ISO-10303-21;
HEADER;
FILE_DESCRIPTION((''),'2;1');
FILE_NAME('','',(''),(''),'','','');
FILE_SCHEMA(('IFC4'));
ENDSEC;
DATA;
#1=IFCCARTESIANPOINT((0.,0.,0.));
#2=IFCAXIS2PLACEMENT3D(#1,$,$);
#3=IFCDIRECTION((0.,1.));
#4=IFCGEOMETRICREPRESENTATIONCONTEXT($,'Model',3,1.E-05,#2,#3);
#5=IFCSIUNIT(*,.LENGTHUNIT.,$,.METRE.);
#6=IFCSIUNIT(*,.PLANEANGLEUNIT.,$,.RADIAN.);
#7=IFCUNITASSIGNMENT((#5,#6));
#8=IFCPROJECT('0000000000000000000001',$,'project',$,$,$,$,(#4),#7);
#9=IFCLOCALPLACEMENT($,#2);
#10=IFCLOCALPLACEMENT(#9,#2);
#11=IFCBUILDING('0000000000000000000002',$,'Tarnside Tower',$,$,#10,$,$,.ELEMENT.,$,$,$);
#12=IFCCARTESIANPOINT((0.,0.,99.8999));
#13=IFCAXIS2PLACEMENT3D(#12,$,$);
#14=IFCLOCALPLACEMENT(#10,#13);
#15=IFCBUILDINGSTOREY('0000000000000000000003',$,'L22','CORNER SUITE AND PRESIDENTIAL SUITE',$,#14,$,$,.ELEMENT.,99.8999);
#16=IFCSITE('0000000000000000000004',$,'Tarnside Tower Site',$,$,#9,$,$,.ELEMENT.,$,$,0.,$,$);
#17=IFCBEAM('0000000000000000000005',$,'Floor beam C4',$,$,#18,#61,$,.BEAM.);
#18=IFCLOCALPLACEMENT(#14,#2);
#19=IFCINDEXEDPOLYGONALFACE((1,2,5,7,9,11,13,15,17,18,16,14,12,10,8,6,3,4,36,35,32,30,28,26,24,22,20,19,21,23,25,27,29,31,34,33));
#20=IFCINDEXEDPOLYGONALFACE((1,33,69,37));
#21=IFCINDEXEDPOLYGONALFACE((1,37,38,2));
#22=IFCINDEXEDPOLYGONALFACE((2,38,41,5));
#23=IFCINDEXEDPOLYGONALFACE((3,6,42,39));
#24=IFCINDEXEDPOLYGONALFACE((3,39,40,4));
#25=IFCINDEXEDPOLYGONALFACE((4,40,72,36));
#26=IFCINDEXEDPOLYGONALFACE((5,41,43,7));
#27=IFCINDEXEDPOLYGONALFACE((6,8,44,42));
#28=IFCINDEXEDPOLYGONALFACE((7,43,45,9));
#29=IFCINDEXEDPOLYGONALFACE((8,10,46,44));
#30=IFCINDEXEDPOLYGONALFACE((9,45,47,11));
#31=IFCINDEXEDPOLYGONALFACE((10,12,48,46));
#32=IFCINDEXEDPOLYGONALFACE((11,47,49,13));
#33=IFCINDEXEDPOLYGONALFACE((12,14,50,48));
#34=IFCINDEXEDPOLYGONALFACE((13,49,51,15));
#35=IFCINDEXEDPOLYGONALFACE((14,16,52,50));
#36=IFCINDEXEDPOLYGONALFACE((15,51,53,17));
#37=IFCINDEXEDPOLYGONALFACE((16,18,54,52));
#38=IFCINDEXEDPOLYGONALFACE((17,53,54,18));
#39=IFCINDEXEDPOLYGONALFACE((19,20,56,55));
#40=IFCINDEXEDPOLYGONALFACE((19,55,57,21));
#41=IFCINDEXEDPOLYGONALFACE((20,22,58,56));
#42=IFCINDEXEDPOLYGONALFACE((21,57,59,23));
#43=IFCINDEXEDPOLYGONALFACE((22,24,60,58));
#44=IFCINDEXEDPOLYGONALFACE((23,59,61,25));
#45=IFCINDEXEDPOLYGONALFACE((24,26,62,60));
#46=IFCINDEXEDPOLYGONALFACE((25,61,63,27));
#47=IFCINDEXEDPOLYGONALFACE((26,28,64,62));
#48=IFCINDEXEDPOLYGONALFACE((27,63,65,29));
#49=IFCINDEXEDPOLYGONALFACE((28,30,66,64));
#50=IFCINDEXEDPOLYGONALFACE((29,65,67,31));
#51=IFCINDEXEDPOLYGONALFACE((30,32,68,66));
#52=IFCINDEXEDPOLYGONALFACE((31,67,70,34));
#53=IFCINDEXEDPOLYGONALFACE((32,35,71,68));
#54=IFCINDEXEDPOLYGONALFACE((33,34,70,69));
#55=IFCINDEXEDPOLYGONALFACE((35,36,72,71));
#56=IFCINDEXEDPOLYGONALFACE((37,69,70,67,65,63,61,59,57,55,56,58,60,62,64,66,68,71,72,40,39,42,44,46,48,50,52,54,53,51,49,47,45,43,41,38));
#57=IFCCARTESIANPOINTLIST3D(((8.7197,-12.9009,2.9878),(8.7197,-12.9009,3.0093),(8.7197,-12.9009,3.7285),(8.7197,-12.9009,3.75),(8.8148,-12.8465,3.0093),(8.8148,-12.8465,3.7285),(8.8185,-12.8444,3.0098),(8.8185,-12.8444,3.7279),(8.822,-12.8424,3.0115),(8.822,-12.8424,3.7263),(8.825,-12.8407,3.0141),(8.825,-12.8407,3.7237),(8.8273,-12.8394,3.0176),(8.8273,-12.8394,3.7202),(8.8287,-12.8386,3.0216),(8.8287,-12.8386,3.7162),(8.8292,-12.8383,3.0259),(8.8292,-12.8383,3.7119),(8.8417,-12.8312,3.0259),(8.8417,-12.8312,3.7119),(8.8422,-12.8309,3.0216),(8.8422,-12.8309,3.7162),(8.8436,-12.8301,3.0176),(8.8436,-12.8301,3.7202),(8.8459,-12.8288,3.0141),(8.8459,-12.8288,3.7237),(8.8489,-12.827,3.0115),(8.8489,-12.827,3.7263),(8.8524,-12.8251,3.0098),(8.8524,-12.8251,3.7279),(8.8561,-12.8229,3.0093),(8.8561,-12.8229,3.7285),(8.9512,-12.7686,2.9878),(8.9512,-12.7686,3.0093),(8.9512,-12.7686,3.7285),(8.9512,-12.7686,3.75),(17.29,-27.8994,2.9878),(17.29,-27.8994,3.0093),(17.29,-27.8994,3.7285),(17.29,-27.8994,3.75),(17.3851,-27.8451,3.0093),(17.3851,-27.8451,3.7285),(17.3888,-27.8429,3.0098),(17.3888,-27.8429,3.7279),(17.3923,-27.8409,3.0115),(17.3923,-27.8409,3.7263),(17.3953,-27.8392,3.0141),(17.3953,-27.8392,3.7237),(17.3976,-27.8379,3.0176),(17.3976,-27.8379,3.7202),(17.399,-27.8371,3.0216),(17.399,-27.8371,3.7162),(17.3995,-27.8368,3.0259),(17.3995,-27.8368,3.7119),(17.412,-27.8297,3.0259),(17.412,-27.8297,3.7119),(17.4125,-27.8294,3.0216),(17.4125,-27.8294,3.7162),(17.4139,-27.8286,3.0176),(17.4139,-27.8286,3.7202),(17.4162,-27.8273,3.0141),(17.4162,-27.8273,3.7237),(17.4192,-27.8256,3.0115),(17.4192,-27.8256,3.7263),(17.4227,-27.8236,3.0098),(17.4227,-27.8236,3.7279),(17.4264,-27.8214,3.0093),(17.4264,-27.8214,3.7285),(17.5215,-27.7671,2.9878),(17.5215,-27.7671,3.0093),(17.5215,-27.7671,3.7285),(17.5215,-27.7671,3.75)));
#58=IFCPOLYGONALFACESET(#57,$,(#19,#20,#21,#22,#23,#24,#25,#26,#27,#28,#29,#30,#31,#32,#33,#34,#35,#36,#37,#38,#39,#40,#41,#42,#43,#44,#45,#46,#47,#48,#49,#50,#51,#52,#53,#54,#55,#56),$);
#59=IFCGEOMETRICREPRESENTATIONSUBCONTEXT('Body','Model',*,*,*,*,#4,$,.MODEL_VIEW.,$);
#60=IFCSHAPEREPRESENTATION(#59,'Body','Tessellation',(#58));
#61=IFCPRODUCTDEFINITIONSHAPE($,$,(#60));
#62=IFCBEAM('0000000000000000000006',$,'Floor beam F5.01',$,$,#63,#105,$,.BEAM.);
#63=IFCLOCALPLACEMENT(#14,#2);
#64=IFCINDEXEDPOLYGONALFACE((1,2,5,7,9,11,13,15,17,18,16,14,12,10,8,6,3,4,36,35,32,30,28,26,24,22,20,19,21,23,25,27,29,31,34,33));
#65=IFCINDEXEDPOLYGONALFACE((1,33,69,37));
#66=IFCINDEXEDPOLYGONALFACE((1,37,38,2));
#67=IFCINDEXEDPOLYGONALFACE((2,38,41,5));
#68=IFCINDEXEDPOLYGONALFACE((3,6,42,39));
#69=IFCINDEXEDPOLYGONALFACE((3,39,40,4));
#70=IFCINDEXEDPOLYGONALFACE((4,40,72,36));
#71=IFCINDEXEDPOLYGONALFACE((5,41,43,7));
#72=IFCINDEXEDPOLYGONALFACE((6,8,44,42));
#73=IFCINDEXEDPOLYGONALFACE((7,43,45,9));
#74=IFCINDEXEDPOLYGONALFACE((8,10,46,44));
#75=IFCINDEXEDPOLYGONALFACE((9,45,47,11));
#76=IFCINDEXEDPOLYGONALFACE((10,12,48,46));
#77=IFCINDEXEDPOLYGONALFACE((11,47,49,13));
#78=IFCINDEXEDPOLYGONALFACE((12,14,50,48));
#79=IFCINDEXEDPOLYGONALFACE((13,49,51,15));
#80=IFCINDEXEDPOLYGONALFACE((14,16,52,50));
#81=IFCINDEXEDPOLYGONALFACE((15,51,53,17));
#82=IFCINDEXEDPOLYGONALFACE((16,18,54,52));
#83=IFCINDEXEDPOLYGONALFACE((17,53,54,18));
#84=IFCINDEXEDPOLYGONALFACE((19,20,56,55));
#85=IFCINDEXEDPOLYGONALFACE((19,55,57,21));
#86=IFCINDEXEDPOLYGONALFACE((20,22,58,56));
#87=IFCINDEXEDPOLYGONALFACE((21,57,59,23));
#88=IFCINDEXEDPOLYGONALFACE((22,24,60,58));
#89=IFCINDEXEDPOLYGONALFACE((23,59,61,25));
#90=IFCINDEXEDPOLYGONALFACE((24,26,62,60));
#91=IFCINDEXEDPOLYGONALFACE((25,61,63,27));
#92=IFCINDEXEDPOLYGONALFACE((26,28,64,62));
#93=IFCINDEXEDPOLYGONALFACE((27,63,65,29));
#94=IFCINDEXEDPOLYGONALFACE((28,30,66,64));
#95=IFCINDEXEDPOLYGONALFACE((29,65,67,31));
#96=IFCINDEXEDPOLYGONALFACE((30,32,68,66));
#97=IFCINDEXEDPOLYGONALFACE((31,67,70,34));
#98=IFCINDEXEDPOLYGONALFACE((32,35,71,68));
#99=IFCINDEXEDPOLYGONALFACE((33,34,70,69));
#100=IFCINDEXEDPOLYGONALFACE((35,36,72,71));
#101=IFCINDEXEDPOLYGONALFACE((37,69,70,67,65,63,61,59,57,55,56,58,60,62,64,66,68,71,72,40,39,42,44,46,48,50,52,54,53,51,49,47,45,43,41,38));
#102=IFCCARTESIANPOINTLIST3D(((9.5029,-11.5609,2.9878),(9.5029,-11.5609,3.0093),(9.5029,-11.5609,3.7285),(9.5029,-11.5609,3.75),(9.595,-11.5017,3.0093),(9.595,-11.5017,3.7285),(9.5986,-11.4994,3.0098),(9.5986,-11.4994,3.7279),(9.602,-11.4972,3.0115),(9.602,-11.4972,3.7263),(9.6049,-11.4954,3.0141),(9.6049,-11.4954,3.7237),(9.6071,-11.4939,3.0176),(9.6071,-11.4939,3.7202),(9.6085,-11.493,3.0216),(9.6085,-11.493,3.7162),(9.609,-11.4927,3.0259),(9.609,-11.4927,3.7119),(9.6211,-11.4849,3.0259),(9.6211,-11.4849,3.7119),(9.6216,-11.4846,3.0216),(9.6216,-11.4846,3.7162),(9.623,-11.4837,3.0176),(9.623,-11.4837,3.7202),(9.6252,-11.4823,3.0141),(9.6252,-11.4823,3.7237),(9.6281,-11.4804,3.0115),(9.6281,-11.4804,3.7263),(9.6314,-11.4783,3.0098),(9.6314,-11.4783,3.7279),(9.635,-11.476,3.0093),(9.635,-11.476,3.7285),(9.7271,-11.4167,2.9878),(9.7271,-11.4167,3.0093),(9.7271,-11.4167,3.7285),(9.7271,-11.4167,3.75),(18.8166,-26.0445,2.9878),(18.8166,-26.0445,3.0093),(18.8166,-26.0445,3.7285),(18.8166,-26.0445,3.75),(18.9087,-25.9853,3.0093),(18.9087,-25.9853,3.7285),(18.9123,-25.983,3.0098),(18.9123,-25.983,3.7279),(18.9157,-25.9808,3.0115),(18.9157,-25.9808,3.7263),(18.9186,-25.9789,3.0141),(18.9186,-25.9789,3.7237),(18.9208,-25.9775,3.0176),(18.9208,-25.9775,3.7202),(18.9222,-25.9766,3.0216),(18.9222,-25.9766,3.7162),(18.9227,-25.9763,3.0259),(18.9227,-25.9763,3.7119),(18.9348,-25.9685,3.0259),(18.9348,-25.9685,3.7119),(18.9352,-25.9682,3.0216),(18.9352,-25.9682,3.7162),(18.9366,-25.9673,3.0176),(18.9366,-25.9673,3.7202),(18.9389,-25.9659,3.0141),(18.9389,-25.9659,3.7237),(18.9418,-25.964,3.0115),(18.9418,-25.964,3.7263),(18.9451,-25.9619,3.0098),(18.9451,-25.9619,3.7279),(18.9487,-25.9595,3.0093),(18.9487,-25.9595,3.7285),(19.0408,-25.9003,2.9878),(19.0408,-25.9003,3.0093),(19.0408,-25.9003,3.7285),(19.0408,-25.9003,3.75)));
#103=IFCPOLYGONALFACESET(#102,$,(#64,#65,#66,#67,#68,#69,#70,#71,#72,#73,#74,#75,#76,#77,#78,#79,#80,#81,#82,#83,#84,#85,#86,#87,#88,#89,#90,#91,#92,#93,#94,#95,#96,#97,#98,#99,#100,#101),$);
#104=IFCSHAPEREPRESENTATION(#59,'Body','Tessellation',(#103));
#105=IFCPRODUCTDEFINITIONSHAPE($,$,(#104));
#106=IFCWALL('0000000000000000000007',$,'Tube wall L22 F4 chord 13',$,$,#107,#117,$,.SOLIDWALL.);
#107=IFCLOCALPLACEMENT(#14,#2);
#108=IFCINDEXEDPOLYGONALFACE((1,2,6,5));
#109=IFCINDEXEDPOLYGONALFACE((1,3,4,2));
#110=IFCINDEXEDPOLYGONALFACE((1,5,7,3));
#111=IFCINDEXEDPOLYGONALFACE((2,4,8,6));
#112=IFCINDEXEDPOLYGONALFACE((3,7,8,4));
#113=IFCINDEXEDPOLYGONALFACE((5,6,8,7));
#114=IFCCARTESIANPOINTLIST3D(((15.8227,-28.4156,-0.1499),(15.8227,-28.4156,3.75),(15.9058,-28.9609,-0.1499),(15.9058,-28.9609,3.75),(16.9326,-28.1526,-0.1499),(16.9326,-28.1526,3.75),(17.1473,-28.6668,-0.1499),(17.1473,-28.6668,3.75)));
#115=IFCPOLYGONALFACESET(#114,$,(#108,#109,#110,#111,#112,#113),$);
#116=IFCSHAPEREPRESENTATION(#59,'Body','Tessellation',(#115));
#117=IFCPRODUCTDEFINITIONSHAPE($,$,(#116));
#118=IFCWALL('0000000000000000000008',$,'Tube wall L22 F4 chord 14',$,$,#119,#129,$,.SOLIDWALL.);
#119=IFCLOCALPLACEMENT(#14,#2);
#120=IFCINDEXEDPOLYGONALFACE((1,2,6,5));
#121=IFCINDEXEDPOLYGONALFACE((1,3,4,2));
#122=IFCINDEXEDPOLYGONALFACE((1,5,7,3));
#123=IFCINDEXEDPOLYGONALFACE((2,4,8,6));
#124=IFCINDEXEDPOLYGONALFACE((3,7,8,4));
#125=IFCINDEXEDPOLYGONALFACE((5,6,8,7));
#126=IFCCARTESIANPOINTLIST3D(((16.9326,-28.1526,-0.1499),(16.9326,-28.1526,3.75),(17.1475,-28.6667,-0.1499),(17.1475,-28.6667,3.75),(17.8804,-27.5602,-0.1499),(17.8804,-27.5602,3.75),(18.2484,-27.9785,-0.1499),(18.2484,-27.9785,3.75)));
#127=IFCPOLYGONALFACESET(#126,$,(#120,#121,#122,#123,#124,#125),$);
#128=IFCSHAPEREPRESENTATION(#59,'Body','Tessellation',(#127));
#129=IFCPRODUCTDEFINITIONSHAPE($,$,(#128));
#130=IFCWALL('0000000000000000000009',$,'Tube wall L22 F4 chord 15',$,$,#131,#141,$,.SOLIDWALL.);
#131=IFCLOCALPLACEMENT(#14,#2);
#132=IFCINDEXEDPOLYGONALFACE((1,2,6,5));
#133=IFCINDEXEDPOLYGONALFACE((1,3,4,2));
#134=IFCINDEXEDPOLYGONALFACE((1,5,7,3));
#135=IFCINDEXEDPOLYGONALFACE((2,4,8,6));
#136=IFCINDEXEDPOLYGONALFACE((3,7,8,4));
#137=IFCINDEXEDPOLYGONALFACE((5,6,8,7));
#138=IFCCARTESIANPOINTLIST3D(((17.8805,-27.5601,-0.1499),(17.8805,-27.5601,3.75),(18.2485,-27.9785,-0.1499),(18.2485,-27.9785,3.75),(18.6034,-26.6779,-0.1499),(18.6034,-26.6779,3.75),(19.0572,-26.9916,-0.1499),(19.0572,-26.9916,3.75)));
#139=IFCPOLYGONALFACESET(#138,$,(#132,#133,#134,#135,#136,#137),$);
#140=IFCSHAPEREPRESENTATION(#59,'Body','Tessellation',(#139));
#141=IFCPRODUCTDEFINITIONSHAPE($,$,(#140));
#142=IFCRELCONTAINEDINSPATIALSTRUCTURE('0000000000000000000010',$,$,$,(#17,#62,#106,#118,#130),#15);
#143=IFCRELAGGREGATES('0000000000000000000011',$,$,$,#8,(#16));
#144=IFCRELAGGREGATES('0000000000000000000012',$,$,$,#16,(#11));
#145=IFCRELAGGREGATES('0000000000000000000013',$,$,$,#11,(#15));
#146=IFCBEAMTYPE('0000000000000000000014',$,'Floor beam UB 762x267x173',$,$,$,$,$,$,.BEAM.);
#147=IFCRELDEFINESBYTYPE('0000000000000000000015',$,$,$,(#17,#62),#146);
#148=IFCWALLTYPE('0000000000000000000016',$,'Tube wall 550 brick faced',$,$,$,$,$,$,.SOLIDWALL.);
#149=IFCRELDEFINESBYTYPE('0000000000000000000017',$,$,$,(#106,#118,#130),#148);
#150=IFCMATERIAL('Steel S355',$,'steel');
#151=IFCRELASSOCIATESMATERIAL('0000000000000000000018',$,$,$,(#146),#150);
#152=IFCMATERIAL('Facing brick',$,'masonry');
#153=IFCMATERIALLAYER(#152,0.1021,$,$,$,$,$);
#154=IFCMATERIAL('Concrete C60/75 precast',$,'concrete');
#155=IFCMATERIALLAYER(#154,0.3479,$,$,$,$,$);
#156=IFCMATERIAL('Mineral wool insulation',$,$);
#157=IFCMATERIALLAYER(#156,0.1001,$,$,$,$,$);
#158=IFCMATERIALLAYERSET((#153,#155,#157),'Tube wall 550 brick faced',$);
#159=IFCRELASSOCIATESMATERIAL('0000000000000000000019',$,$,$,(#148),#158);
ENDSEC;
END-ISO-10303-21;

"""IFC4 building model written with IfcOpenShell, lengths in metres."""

from ifc_helpers import new_model, si_unit, direction, frame, origin, origin_2d, place, context, subcontext, project, spatial, polyline, i_section, outline, extrude, material, layer, layer_set, material_profile, profile_set, type_object, element, save


model = new_model("IFC4")

# Units and contexts
model_context = context("Model", 3, precision=1e-05, world=origin(), true_north=direction((0.0, 1.0)))
body_context = subcontext(model_context, "Body", "Model", "MODEL_VIEW")
ifc_project = project(units=[si_unit("LENGTHUNIT", "METRE"), si_unit("PLANEANGLEUNIT", "RADIAN")], contexts=[model_context])

# Site, building, storey
site_placement = place(None, origin())
site = spatial("IfcSite", under=ifc_project, at=site_placement, Name="Tarnside Tower Site", CompositionType="ELEMENT", RefElevation=0.0)
building_placement = place(site_placement, origin())
building = spatial("IfcBuilding", under=site, at=building_placement, Name="Tarnside Tower", CompositionType="ELEMENT")
storey_placement = place(building_placement, frame((0.0, 0.0, 99.8999)))
storey = spatial("IfcBuildingStorey", under=building, at=storey_placement, Name="L22", Description="CORNER SUITE AND PRESIDENTIAL SUITE", CompositionType="ELEMENT", Elevation=99.8999)

# Beams
ifc_material_1 = material(Name="Steel S355", Category="steel")
ifc_material_profile = material_profile(ifc_material_1, i_section(OverallWidth=0.2666, OverallDepth=0.7622, WebThickness=0.0144, FlangeThickness=0.0215, FilletRadius=0.0166, at=origin_2d()), Name="UB 762x267x173")
ifc_profile_set = profile_set([ifc_material_profile], Name="Steel S355")
beam_type = type_object("IfcBeamType", Name="Floor beam UB 762x267x173", PredefinedType="BEAM", material=ifc_profile_set)
beam_1_placement = place(storey_placement, frame((17.4058, -27.8333, 3.3689), z_axis=(-0.496127, 0.86825, 0.0), x_axis=(-0.86825, -0.496127, 0.0)))
element("IfcBeam", 1, at=beam_1_placement, inside=storey, type_object=beam_type, Name="Floor beam C4", PredefinedType="BEAM", context=body_context, shape_type="SweptSolid", body=[
    extrude(i_section(OverallWidth=0.2666, OverallDepth=0.7622, WebThickness=0.0144, FlangeThickness=0.0215, FilletRadius=0.0166, at=origin_2d()), origin(), (0.0, 0.0, 1.0), 17.2744),
])
beam_2_placement = place(storey_placement, frame((18.9287, -25.9724, 3.3689), z_axis=(-0.540873, 0.841104, 0.0), x_axis=(-0.841104, -0.540873, 0.0)))
element("IfcBeam", 2, at=beam_2_placement, inside=storey, type_object=beam_type, Name="Floor beam F5.01", PredefinedType="BEAM", context=body_context, shape_type="SweptSolid", body=[
    extrude(i_section(OverallWidth=0.2666, OverallDepth=0.7622, WebThickness=0.0144, FlangeThickness=0.0215, FilletRadius=0.0166, at=origin_2d()), origin(), (0.0, 0.0, 1.0), 17.2197),
])

# Walls
ifc_material_2 = material(Name="Facing brick", Category="masonry")
ifc_layer_1 = layer(ifc_material_2, 0.1021)
ifc_material_3 = material(Name="Concrete C60/75 precast", Category="concrete")
ifc_layer_2 = layer(ifc_material_3, 0.3479)
ifc_material_4 = material(Name="Mineral wool insulation")
ifc_layer_3 = layer(ifc_material_4, 0.1001)
ifc_layer_set_1 = layer_set([ifc_layer_1, ifc_layer_2, ifc_layer_3], Name="Tube wall 550 brick faced")
wall_type = type_object("IfcWallType", Name="Tube wall 550 brick faced", PredefinedType="SOLIDWALL", material=ifc_layer_set_1)
wall_1_placement = place(storey_placement, frame((15.8643, -28.6882, -0.1499), z_axis=(0.0, 0.0, 1.0), x_axis=(0.973064, 0.230537, 0.0)))
element("IfcWall", 3, at=wall_1_placement, inside=storey, type_object=wall_type, Name="Tube wall L22 F4 chord 13", PredefinedType="SOLIDWALL", context=body_context, shape_type="SweptSolid", body=[
    extrude(outline(polyline([(-0.0225, -0.2749), (1.2534, -0.2749), (1.1631, 0.2749), (0.0225, 0.2749), (-0.0225, -0.2749)])), origin(), (0.0, 0.0, 1.0), 3.8999),
])
wall_2_placement = place(storey_placement, frame((17.04, -28.4097, -0.1499), z_axis=(0.0, 0.0, 1.0), x_axis=(0.847953, 0.530072, 0.0)))
element("IfcWall", 4, at=wall_2_placement, inside=storey, type_object=wall_type, Name="Tube wall L22 F4 chord 14", PredefinedType="SOLIDWALL", context=body_context, shape_type="SweptSolid", body=[
    extrude(outline(polyline([(-0.0452, -0.2749), (1.2532, -0.2749), (1.1628, 0.2749), (0.0452, 0.2749), (-0.0452, -0.2749)])), origin(), (0.0, 0.0, 1.0), 3.8999),
])
wall_3_placement = place(storey_placement, frame((18.0645, -27.7693, -0.1499), z_axis=(0.0, 0.0, 1.0), x_axis=(0.633843, 0.773462, 0.0)))
element("IfcWall", 5, at=wall_3_placement, inside=storey, type_object=wall_type, Name="Tube wall L22 F4 chord 15", PredefinedType="SOLIDWALL", context=body_context, shape_type="SweptSolid", body=[
    extrude(outline(polyline([(-0.0452, -0.2749), (1.2307, -0.2749), (1.1858, 0.2749), (0.0452, 0.2749), (-0.0452, -0.2749)])), origin(), (0.0, 0.0, 1.0), 3.8999),
])

save(model, "model.ifc")
